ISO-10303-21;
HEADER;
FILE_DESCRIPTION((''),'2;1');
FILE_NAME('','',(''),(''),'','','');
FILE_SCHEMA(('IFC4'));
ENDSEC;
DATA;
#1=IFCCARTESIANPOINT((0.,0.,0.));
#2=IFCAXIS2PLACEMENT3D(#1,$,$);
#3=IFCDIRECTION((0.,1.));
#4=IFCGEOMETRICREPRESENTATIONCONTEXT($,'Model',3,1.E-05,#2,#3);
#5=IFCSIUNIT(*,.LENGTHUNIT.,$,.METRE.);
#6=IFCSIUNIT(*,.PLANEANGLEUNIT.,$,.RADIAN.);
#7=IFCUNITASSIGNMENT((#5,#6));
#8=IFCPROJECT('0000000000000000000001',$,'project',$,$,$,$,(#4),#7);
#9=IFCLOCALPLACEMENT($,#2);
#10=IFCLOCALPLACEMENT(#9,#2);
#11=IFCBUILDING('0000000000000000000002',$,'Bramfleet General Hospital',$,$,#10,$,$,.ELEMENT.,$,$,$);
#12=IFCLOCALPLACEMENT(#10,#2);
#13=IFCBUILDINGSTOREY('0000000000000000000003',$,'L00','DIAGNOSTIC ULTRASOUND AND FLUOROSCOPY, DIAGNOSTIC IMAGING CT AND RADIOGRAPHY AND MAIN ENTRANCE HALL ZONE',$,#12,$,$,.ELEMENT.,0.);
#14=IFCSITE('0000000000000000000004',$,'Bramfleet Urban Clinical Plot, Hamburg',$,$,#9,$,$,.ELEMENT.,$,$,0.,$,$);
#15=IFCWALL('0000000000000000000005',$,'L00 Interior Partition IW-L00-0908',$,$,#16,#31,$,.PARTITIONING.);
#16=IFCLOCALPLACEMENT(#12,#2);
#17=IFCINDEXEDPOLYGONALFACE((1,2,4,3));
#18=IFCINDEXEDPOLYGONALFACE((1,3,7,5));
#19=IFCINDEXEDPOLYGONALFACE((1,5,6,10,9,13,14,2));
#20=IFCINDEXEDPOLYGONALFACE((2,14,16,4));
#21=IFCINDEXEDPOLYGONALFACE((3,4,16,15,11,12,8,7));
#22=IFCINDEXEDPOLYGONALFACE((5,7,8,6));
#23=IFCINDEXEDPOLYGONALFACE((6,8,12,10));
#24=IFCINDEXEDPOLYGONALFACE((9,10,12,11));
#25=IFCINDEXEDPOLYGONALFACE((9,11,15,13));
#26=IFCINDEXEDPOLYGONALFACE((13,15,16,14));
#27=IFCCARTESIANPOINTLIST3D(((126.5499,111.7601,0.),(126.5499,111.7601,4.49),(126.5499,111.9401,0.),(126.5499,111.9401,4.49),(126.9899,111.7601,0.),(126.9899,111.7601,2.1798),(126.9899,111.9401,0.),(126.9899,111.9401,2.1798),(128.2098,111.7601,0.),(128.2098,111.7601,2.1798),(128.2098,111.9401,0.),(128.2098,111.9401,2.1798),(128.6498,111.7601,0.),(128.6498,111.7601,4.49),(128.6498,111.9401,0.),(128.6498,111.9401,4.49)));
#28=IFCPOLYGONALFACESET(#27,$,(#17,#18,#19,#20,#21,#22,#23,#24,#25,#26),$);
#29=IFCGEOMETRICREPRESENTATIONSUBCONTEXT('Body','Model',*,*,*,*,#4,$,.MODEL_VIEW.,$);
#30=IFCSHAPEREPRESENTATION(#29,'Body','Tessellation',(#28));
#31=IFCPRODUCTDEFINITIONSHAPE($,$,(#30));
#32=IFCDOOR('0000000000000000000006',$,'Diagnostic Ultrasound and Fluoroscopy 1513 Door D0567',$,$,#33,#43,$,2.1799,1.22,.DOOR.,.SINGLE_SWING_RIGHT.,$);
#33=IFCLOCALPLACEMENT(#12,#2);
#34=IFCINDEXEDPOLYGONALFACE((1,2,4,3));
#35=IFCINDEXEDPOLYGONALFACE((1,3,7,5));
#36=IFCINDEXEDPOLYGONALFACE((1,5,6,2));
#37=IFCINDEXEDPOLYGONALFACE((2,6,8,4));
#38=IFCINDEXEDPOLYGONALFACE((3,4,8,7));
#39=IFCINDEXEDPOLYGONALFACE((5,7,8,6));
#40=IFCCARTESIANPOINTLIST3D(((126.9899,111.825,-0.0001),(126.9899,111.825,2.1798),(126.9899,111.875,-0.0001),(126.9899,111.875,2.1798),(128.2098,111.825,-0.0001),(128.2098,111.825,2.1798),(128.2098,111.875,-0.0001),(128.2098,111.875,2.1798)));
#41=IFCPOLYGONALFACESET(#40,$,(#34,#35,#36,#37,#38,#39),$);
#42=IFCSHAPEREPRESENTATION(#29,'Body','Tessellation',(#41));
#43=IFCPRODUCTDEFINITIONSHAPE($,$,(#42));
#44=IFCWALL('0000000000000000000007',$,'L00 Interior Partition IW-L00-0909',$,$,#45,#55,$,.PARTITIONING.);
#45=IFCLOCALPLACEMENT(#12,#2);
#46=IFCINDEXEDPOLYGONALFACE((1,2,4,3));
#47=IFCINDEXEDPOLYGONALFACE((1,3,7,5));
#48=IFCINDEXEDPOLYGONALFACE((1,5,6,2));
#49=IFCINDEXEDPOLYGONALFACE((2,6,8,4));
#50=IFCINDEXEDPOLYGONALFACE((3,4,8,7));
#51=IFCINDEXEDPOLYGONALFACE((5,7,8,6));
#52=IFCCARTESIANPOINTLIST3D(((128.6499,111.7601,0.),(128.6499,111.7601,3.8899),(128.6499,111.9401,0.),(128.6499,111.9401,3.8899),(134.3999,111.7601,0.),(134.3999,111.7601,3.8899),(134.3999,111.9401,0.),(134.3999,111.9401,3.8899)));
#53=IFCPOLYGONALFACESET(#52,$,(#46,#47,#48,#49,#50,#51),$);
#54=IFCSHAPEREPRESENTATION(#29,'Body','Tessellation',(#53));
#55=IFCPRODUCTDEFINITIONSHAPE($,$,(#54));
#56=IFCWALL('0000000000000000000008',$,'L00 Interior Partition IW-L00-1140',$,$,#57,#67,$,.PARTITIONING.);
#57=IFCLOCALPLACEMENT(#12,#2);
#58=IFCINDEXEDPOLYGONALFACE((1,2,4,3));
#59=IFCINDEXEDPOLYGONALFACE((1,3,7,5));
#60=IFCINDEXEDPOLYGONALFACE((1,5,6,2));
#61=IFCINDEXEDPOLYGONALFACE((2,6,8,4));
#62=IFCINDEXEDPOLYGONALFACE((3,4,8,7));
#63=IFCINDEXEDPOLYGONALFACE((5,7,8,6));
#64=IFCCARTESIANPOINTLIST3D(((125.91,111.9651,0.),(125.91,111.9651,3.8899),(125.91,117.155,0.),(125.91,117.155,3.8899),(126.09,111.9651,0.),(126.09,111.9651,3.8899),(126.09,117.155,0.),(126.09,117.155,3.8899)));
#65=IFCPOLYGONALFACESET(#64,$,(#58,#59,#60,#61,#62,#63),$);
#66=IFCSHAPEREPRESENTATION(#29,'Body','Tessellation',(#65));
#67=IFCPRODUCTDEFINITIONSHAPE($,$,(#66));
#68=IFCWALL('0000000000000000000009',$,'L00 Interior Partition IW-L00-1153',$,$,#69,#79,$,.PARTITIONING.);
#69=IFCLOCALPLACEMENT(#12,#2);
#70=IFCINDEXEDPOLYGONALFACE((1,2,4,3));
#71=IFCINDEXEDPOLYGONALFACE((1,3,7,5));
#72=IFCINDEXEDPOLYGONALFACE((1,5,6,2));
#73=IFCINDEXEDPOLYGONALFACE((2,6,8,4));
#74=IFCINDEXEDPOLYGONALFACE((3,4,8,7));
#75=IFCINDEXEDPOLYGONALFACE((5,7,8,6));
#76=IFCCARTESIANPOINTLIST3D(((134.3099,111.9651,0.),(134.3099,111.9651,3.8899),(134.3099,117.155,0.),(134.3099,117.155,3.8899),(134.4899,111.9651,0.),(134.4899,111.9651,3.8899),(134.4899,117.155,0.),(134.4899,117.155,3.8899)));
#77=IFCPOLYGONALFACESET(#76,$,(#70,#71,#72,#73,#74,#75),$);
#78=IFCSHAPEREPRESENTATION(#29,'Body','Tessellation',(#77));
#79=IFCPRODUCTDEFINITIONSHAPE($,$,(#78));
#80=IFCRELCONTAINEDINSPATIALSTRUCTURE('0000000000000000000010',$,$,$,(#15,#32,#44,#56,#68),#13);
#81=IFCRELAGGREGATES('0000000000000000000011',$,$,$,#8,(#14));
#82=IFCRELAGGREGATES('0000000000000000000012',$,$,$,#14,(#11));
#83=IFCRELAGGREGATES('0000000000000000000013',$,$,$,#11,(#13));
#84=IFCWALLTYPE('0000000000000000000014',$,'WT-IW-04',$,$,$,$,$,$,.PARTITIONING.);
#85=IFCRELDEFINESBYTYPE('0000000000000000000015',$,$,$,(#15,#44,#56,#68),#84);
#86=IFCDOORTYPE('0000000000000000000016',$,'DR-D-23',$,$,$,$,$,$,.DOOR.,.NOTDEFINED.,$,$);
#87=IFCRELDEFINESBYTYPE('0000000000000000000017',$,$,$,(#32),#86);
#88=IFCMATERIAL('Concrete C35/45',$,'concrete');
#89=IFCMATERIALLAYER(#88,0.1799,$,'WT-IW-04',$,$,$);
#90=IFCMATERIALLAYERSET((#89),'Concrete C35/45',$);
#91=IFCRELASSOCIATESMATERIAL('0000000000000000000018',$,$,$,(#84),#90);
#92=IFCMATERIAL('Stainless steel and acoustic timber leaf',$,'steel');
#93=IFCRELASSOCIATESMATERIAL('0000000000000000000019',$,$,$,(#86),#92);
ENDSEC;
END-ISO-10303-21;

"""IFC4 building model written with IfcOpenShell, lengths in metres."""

from ifc_helpers import new_model, si_unit, direction, frame, frame_2d, origin, place, context, subcontext, project, spatial, rectangle, extrude, material, layer, layer_set, type_object, element, fill, save


model = new_model("IFC4")

# Units and contexts
model_context = context("Model", 3, precision=1e-05, world=origin(), true_north=direction((0.0, 1.0)))
body_context = subcontext(model_context, "Body", "Model", "MODEL_VIEW")
ifc_project = project(units=[si_unit("LENGTHUNIT", "METRE"), si_unit("PLANEANGLEUNIT", "RADIAN")], contexts=[model_context])

# Site, building, storey
site_placement = place(None, origin())
site = spatial("IfcSite", under=ifc_project, at=site_placement, Name="Bramfleet Urban Clinical Plot, Hamburg", CompositionType="ELEMENT", RefElevation=0.0)
building_placement = place(site_placement, origin())
building = spatial("IfcBuilding", under=site, at=building_placement, Name="Bramfleet General Hospital", CompositionType="ELEMENT")
storey_placement = place(building_placement, origin())
storey = spatial("IfcBuildingStorey", under=building, at=storey_placement, Name="L00", Description="DIAGNOSTIC ULTRASOUND AND FLUOROSCOPY, DIAGNOSTIC IMAGING CT AND RADIOGRAPHY AND MAIN ENTRANCE HALL ZONE", CompositionType="ELEMENT", Elevation=0.0)

# Shared definitions
ifc_material_1 = material(Name="Concrete C35/45", Category="concrete")

# Wall, opening, door
ifc_material_2 = material(Name="Stainless steel and acoustic timber leaf", Category="steel")
ifc_layer_1 = layer(ifc_material_1, 0.1799, Name="WT-IW-04")
ifc_layer_set_1 = layer_set([ifc_layer_1], Name="Concrete C35/45")
wall_type_1 = type_object("IfcWallType", Name="WT-IW-04", PredefinedType="PARTITIONING", material=ifc_layer_set_1)
wall_1_placement = place(storey_placement, frame((126.55, 111.8501, 0.0), z_axis=(0.0, 0.0, 1.0), x_axis=(1.0, 0.0, 0.0)))
wall_1 = element("IfcWall", 1, at=wall_1_placement, inside=storey, type_object=wall_type_1, Name="L00 Interior Partition IW-L00-0908", PredefinedType="PARTITIONING", context=body_context, shape_type="SweptSolid", body=[
    extrude(rectangle(XDim=2.0999, YDim=0.1799, at=frame_2d((1.0498, 0.0))), origin(), (0.0, 0.0, 1.0), 4.49),
])
opening_1_placement = place(wall_1_placement, frame((0.4399, 0.0, 0.0)))
opening_1 = element("IfcOpeningElement", 2, at=opening_1_placement, cuts=wall_1, PredefinedType="OPENING", context=body_context, shape_type="SweptSolid", body=[
    extrude(rectangle(XDim=1.22, YDim=2.1799, at=frame_2d((0.6099, 1.0898))), frame((0.0, 0.0999, 0.0), z_axis=(0.0, -1.0, 0.0), x_axis=(1.0, 0.0, 0.0)), (0.0, 0.0, 1.0), 0.2),
])
door_type_1 = type_object("IfcDoorType", Name="DR-D-23", OperationType="NOTDEFINED", PredefinedType="DOOR", material=ifc_material_2)
door_1_placement = place(opening_1_placement, origin())
door_1 = element("IfcDoor", 3, at=door_1_placement, inside=storey, type_object=door_type_1, Name="Diagnostic Ultrasound and Fluoroscopy 1513 Door D0567", OperationType="SINGLE_SWING_RIGHT", OverallHeight=2.1799, OverallWidth=1.22, PredefinedType="DOOR", context=body_context, shape_type="SweptSolid", body=[
    extrude(rectangle(XDim=1.22, YDim=2.1799, at=frame_2d((0.6099, 1.0898))), frame((0.0, 0.0249, 0.0), z_axis=(0.0, -1.0, 0.0), x_axis=(1.0, 0.0, 0.0)), (0.0, 0.0, 1.0), 0.05),
])
fill(opening_1, door_1)

# Walls
wall_2_placement = place(storey_placement, frame((128.6499, 111.8501, 0.0), z_axis=(0.0, 0.0, 1.0), x_axis=(1.0, 0.0, 0.0)))
element("IfcWall", 4, at=wall_2_placement, inside=storey, type_object=wall_type_1, Name="L00 Interior Partition IW-L00-0909", PredefinedType="PARTITIONING", context=body_context, shape_type="SweptSolid", body=[
    extrude(rectangle(XDim=5.75, YDim=0.1799, at=frame_2d((2.875, 0.0))), origin(), (0.0, 0.0, 1.0), 3.8899),
])
for number, where, z_axis, x_axis, name in (
    (5, (126.0, 111.9651, 0.0), (0.0, 0.0, 1.0), (0.0, 1.0, 0.0), "L00 Interior Partition IW-L00-1140"),
    (6, (134.3999, 111.9651, 0.0), (0.0, 0.0, 1.0), (0.0, 1.0, 0.0), "L00 Interior Partition IW-L00-1153"),
):
    element("IfcWall", number, at=place(storey_placement, frame(where, z_axis=z_axis, x_axis=x_axis)), inside=storey, type_object=wall_type_1, Name=name, PredefinedType="PARTITIONING", context=body_context, shape_type="SweptSolid", body=[
        extrude(rectangle(XDim=5.1899, YDim=0.1799, at=frame_2d((2.595, 0.0))), origin(), (0.0, 0.0, 1.0), 3.8899),
    ])

save(model, "model.ifc")
